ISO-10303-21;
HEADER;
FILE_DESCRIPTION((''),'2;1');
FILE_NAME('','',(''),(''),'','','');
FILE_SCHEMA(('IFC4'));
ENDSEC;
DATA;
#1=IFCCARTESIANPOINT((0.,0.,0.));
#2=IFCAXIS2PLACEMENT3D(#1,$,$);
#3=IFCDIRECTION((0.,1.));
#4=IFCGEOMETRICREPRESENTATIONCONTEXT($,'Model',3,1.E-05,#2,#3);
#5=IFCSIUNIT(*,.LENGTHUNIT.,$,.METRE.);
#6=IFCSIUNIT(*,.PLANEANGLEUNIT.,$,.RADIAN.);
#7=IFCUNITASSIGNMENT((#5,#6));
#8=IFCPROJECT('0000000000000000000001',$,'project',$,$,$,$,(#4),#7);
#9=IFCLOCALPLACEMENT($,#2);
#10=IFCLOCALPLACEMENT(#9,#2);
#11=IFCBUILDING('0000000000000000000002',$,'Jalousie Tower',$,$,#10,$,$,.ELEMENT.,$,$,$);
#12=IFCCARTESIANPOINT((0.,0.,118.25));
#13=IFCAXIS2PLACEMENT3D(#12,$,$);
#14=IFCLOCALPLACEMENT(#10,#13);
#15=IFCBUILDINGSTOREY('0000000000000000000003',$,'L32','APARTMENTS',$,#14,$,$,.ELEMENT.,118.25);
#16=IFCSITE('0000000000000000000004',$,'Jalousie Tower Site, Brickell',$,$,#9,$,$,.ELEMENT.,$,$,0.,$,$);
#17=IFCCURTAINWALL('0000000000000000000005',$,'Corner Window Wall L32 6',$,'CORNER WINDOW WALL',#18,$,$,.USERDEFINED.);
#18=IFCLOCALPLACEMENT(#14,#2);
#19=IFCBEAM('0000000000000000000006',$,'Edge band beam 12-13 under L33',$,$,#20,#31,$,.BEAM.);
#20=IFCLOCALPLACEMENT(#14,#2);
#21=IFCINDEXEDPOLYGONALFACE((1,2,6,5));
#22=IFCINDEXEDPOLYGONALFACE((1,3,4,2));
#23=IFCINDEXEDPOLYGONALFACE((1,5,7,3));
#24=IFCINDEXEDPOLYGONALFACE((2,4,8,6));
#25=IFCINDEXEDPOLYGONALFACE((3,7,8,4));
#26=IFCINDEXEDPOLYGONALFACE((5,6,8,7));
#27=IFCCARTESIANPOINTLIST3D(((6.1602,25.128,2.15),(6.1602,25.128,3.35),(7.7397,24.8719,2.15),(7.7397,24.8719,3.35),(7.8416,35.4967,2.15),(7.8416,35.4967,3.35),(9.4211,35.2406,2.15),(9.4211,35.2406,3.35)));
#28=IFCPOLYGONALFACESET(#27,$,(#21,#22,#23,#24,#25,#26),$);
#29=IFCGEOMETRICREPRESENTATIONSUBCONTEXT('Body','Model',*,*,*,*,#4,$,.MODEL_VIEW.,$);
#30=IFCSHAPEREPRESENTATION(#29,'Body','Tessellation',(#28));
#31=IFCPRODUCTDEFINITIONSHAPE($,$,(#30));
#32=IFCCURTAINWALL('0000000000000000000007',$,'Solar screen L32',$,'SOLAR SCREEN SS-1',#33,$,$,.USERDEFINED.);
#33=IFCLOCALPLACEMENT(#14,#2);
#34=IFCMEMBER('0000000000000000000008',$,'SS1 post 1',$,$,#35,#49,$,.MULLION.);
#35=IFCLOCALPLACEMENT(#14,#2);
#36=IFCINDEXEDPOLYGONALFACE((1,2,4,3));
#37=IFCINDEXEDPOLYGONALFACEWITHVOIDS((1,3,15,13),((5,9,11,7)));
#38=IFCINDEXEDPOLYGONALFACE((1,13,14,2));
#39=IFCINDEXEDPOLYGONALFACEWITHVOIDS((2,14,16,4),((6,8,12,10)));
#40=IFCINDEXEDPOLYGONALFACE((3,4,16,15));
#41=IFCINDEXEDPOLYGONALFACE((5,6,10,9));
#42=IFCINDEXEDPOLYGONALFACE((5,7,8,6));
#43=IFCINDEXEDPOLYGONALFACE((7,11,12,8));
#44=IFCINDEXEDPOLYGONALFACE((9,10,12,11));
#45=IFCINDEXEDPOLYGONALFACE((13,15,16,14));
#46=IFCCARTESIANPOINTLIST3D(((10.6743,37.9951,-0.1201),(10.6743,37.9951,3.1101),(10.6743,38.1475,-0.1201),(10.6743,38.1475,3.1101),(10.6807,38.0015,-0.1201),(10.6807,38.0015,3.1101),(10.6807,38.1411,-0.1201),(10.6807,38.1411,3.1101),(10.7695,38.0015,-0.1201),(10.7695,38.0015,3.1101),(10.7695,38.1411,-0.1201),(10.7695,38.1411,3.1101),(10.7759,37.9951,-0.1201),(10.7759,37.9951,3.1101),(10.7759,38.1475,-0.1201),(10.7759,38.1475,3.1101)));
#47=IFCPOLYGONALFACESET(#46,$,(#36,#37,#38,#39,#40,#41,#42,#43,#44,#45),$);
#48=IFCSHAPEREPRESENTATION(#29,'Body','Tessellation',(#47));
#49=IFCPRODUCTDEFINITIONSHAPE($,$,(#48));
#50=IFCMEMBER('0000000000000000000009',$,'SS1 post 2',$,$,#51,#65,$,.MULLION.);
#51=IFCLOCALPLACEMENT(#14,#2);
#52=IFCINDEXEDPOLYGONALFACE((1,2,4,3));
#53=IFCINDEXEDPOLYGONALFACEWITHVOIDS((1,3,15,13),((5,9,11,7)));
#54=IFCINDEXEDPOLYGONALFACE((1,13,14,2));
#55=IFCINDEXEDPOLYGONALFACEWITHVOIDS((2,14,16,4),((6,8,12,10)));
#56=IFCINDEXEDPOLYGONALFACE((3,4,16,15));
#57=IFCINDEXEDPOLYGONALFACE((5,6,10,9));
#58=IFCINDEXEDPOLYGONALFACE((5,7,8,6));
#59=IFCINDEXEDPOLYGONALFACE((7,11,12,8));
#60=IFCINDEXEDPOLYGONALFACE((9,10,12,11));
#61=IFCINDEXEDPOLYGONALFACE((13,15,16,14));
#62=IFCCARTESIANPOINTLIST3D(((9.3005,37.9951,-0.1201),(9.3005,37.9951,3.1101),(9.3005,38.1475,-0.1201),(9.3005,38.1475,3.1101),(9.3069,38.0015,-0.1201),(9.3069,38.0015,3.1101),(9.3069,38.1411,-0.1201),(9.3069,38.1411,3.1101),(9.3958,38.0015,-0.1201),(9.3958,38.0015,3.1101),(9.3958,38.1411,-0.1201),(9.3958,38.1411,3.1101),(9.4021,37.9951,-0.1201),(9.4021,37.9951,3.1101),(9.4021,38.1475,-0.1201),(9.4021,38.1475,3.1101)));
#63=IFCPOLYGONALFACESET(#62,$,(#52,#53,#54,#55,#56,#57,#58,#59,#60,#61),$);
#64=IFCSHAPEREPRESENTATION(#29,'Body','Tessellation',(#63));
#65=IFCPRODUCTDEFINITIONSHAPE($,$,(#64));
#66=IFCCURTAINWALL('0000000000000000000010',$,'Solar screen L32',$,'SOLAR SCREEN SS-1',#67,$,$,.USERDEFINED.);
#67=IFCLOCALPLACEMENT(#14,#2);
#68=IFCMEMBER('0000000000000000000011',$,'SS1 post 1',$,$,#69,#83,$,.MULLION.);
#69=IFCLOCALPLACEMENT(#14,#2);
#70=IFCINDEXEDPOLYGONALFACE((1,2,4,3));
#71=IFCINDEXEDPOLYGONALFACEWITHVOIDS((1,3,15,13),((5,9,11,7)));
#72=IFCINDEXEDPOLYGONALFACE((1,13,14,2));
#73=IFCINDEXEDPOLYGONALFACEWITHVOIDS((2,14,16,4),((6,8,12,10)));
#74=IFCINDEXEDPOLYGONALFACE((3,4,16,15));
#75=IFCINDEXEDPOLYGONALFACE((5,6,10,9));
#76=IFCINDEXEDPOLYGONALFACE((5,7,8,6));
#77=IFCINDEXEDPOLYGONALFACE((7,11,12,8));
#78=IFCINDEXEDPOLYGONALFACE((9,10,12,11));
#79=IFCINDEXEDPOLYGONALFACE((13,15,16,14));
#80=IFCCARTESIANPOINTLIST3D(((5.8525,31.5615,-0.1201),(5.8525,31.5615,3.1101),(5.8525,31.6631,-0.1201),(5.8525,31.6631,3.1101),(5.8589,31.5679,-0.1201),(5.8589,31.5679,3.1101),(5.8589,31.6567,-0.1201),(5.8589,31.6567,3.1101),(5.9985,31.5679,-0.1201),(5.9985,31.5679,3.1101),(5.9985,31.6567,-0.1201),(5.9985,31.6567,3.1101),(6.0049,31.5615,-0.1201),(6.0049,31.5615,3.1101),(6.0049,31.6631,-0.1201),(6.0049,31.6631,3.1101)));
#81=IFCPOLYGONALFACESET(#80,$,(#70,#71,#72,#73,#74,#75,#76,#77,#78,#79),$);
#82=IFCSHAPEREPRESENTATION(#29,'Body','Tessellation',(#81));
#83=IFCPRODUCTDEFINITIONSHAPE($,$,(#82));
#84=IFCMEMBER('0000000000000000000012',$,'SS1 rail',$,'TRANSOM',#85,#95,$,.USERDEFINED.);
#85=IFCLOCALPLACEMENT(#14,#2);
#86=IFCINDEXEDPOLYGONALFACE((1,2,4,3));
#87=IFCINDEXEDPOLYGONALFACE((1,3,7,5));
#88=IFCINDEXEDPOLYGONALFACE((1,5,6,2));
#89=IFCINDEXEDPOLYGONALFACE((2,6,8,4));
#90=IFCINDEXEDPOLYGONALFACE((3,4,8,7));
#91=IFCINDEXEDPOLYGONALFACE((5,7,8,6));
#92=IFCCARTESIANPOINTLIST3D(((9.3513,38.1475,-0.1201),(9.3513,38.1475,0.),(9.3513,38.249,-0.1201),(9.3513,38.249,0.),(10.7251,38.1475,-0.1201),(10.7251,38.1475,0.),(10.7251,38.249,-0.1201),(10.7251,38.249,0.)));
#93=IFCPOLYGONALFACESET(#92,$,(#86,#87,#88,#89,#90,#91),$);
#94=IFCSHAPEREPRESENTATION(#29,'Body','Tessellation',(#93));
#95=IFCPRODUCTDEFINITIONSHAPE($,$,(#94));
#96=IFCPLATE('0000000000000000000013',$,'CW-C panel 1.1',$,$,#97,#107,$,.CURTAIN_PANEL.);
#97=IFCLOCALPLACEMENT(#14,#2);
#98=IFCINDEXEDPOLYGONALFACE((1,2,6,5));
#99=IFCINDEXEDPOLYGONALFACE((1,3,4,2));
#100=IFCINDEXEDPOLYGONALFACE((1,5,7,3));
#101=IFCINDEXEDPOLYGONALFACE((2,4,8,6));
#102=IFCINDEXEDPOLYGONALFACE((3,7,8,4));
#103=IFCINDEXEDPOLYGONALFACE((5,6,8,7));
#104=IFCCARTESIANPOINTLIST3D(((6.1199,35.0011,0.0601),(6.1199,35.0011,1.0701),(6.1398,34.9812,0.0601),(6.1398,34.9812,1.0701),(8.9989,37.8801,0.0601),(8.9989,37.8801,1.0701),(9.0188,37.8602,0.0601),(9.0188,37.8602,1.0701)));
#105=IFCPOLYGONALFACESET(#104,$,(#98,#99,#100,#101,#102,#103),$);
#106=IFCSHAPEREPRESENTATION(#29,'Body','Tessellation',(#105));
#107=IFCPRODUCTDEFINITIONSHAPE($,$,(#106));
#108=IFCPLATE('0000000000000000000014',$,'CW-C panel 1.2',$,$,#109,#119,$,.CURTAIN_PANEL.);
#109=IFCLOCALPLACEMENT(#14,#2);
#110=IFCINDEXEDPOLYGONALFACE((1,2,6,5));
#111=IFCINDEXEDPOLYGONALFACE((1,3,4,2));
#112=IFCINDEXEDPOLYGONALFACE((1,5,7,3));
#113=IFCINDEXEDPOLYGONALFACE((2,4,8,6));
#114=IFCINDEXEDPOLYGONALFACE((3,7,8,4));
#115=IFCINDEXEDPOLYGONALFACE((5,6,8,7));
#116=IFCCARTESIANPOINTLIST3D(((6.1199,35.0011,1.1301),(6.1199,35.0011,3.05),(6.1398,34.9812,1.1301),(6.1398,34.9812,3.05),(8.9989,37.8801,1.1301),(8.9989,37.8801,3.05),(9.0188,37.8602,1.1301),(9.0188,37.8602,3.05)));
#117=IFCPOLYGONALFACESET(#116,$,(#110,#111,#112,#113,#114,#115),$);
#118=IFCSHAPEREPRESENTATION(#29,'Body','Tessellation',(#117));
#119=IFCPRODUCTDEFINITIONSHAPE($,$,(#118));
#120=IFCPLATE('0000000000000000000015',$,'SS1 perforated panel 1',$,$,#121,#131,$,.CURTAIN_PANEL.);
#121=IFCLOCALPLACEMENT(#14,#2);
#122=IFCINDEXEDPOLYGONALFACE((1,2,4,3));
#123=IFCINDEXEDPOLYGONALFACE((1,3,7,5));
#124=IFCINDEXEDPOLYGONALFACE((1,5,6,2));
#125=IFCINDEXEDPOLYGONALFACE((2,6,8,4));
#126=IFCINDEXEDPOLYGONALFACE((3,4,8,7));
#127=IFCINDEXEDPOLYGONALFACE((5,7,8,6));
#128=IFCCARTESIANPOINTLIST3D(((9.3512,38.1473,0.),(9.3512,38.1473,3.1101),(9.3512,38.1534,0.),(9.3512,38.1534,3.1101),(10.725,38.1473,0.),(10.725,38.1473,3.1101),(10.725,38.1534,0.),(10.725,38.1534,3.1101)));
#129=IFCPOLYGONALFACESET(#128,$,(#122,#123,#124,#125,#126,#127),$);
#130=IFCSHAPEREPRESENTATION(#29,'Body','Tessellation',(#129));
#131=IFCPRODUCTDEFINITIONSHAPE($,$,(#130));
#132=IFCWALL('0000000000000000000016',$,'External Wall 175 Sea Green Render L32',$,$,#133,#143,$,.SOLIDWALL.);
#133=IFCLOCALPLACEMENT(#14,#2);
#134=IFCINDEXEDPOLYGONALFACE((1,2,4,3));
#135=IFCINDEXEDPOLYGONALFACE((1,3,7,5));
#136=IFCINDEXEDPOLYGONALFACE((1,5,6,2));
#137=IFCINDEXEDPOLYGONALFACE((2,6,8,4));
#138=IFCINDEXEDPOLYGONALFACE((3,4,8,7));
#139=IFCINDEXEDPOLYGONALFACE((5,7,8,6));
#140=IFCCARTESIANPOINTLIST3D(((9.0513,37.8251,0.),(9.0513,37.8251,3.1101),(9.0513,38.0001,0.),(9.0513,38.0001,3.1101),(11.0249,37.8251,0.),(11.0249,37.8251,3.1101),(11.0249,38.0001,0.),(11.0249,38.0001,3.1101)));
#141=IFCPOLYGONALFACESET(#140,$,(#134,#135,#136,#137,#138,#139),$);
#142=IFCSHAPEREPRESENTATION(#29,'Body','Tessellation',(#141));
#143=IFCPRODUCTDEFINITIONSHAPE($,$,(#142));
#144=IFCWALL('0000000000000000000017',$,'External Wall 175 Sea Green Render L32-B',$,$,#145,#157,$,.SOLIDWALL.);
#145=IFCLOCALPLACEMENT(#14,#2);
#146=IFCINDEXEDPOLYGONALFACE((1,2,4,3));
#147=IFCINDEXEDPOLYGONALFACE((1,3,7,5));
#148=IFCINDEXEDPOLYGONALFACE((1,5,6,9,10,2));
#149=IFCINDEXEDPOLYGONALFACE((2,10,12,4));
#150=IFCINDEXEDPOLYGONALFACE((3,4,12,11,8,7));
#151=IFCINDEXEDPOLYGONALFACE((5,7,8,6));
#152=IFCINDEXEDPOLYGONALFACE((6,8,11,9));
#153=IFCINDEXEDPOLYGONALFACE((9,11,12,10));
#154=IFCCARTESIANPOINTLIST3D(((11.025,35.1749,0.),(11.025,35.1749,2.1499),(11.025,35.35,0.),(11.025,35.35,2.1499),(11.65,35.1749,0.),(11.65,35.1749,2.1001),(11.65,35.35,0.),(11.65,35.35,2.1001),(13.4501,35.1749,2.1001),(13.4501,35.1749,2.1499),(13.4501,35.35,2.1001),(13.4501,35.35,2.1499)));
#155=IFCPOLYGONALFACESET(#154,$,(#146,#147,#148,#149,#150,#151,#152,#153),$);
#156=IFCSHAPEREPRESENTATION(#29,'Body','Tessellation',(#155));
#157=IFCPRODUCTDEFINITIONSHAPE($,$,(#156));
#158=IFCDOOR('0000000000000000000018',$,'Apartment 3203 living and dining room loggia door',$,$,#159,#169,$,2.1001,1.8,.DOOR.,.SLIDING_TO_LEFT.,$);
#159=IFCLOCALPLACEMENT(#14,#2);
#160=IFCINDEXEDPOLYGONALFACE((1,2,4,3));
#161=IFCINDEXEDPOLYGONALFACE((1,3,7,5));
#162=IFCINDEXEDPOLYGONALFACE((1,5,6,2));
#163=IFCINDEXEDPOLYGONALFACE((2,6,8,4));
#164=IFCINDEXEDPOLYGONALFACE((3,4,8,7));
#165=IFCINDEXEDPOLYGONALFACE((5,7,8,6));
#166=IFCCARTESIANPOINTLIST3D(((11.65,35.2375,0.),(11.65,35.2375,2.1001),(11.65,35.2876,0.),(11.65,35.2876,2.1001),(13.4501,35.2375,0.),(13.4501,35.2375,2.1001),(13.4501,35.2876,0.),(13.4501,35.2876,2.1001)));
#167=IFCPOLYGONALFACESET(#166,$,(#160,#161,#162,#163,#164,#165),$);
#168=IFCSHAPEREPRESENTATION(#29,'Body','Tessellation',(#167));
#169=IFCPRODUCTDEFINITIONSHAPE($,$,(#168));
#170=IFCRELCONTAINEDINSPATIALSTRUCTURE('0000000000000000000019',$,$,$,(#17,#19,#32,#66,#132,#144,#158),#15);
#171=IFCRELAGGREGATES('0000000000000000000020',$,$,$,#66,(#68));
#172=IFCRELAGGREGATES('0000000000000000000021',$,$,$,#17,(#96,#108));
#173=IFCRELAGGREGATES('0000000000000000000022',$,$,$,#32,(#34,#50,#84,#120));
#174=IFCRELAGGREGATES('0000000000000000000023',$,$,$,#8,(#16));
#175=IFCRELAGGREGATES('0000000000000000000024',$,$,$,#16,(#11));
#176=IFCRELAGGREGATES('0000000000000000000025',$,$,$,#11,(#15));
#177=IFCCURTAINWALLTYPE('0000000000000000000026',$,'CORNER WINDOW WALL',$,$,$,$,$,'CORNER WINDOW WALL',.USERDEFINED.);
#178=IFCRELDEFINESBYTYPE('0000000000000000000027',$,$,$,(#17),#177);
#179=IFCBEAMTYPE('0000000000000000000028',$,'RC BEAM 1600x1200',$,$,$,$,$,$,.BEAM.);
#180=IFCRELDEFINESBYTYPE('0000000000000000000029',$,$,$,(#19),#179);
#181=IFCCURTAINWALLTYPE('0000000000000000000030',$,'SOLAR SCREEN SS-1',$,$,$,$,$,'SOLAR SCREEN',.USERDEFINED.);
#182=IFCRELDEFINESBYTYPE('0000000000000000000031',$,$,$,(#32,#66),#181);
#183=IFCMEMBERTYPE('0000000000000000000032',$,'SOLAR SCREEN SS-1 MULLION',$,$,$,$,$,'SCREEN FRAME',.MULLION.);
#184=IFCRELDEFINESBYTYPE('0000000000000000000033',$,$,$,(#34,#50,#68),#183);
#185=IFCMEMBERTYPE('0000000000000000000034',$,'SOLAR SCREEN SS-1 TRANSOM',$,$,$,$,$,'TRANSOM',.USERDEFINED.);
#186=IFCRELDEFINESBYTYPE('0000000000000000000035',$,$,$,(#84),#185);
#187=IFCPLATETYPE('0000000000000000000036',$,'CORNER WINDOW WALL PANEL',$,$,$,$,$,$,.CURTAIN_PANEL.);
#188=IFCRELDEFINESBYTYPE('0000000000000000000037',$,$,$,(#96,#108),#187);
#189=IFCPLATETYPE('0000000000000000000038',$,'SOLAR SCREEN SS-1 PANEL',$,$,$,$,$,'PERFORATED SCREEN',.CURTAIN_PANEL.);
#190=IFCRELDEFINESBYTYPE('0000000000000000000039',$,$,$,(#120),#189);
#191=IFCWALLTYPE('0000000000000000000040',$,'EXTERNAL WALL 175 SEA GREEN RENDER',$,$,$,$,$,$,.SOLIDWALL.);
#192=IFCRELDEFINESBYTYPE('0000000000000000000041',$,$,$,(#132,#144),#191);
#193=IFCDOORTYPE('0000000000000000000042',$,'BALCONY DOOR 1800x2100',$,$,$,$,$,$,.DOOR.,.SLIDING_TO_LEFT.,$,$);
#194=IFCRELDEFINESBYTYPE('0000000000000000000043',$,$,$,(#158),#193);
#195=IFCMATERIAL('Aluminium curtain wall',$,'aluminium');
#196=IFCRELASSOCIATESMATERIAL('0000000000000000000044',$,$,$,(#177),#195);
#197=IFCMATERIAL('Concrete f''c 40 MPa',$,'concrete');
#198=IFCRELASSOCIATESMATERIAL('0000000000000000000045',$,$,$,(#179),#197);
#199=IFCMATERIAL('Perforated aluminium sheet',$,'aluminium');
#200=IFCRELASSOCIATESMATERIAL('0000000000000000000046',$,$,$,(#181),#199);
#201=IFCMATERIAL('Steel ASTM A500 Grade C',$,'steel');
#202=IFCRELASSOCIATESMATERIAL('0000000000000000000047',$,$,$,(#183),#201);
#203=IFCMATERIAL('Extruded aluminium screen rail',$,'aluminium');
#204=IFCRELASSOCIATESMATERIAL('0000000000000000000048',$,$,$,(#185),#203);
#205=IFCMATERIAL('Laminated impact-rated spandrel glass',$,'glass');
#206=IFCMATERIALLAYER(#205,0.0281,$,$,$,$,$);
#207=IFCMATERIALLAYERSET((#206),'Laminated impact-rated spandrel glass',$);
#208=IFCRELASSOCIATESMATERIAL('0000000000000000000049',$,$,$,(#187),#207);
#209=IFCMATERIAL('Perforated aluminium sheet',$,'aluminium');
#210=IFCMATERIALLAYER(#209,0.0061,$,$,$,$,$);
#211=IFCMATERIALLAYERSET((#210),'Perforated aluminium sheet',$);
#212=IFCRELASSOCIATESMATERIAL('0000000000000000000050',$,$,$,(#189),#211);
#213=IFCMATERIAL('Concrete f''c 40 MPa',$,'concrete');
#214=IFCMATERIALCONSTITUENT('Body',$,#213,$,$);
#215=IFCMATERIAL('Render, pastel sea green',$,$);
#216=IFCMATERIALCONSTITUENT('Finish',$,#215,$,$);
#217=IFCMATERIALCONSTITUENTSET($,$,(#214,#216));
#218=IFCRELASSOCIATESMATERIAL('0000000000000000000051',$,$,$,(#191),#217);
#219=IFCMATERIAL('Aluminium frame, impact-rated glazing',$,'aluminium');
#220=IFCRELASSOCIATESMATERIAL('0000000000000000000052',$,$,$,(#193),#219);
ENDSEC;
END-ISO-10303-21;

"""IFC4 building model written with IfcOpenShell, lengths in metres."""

from ifc_helpers import new_model, si_unit, direction, frame, frame_2d, origin, origin_2d, place, context, subcontext, project, spatial, rectangle, hollow_rectangle, extrude, material, layer, layer_set, constituent, constituent_set, material_profile, profile_set, type_object, element, fill, aggregate, save


model = new_model("IFC4")

# Units and contexts
model_context = context("Model", 3, precision=1e-05, world=origin(), true_north=direction((0.0, 1.0)))
body_context = subcontext(model_context, "Body", "Model", "MODEL_VIEW")
ifc_project = project(units=[si_unit("LENGTHUNIT", "METRE"), si_unit("PLANEANGLEUNIT", "RADIAN")], contexts=[model_context])

# Site, building, storey
site_placement = place(None, origin())
site = spatial("IfcSite", under=ifc_project, at=site_placement, Name="Jalousie Tower Site, Brickell", CompositionType="ELEMENT", RefElevation=0.0)
building_placement = place(site_placement, origin())
building = spatial("IfcBuilding", under=site, at=building_placement, Name="Jalousie Tower", CompositionType="ELEMENT")
storey_placement = place(building_placement, frame((0.0, 0.0, 118.25)))
storey = spatial("IfcBuildingStorey", under=building, at=storey_placement, Name="L32", Description="APARTMENTS", CompositionType="ELEMENT", Elevation=118.25)

# Curtain wall
ifc_material_1 = material(Name="Aluminium curtain wall", Category="aluminium")
curtain_wall_type_1 = type_object("IfcCurtainWallType", Name="CORNER WINDOW WALL", ElementType="CORNER WINDOW WALL", PredefinedType="USERDEFINED", material=ifc_material_1)
curtain_wall_1_placement = place(storey_placement, origin())
curtain_wall_1 = element("IfcCurtainWall", 1, at=curtain_wall_1_placement, inside=storey, type_object=curtain_wall_type_1, Name="Corner Window Wall L32 6", ObjectType="CORNER WINDOW WALL", PredefinedType="USERDEFINED")

# Beam
ifc_material_2 = material(Name="Concrete f'c 40 MPa", Category="concrete")
ifc_material_profile_1 = material_profile(ifc_material_2, rectangle(XDim=1.6001, YDim=1.2, at=origin_2d()), Name="RC 1600x1200")
ifc_profile_set_1 = profile_set([ifc_material_profile_1], Name="Concrete f'c 40 MPa")
beam_type_1 = type_object("IfcBeamType", Name="RC BEAM 1600x1200", PredefinedType="BEAM", material=ifc_profile_set_1)
beam_1_placement = place(storey_placement, frame((8.6313, 35.3687, 2.75), z_axis=(-0.160071, -0.987106, 0.0), x_axis=(0.987106, -0.160071, 0.0)))
element("IfcBeam", 2, at=beam_1_placement, inside=storey, type_object=beam_type_1, Name="Edge band beam 12-13 under L33", PredefinedType="BEAM", context=body_context, shape_type="SweptSolid", body=[
    extrude(rectangle(XDim=1.6001, YDim=1.2, at=origin_2d()), origin(), (0.0, 0.0, 1.0), 10.5042),
])

# Curtain wall, members
ifc_material_3 = material(Name="Perforated aluminium sheet", Category="aluminium")
curtain_wall_type_2 = type_object("IfcCurtainWallType", Name="SOLAR SCREEN SS-1", ElementType="SOLAR SCREEN", PredefinedType="USERDEFINED", material=ifc_material_3)
curtain_wall_2_placement = place(storey_placement, origin())
curtain_wall_2 = element("IfcCurtainWall", 3, at=curtain_wall_2_placement, inside=storey, type_object=curtain_wall_type_2, Name="Solar screen L32", ObjectType="SOLAR SCREEN SS-1", PredefinedType="USERDEFINED")
ifc_material_4 = material(Name="Steel ASTM A500 Grade C", Category="steel")
ifc_material_profile_2 = material_profile(ifc_material_4, hollow_rectangle(XDim=0.1016, YDim=0.1523, WallThickness=0.0063, at=origin_2d()), Name="HSS6X4X1/4")
ifc_profile_set_2 = profile_set([ifc_material_profile_2], Name="Steel ASTM A500 Grade C")
member_type_1 = type_object("IfcMemberType", Name="SOLAR SCREEN SS-1 MULLION", ElementType="SCREEN FRAME", PredefinedType="MULLION", material=ifc_profile_set_2)
member_1_placement = place(storey_placement, frame((10.7251, 38.0713, -0.1201), z_axis=(0.0, 0.0, 1.0), x_axis=(-1.0, 0.0, 0.0)))
member_1 = element("IfcMember", 4, at=member_1_placement, type_object=member_type_1, Name="SS1 post 1", PredefinedType="MULLION", context=body_context, shape_type="SweptSolid", body=[
    extrude(hollow_rectangle(XDim=0.1016, YDim=0.1523, WallThickness=0.0063, at=origin_2d()), origin(), (0.0, 0.0, 1.0), 3.2302),
])
member_2_placement = place(storey_placement, frame((9.3513, 38.0713, -0.1201), z_axis=(0.0, 0.0, 1.0), x_axis=(-1.0, 0.0, 0.0)))
member_2 = element("IfcMember", 5, at=member_2_placement, type_object=member_type_1, Name="SS1 post 2", PredefinedType="MULLION", context=body_context, shape_type="SweptSolid", body=[
    extrude(hollow_rectangle(XDim=0.1016, YDim=0.1523, WallThickness=0.0063, at=origin_2d()), origin(), (0.0, 0.0, 1.0), 3.2302),
])

# Curtain wall, member
curtain_wall_3_placement = place(storey_placement, origin())
curtain_wall_3 = element("IfcCurtainWall", 6, at=curtain_wall_3_placement, inside=storey, type_object=curtain_wall_type_2, Name="Solar screen L32", ObjectType="SOLAR SCREEN SS-1", PredefinedType="USERDEFINED")
member_3_placement = place(storey_placement, frame((5.9287, 31.6123, -0.1201), z_axis=(0.0, 0.0, 1.0), x_axis=(0.0, -1.0, 0.0)))
member_3 = element("IfcMember", 7, at=member_3_placement, type_object=member_type_1, Name="SS1 post 1", PredefinedType="MULLION", context=body_context, shape_type="SweptSolid", body=[
    extrude(hollow_rectangle(XDim=0.1016, YDim=0.1523, WallThickness=0.0063, at=origin_2d()), origin(), (0.0, 0.0, 1.0), 3.2302),
])
aggregate(curtain_wall_3, [member_3])

# Member
ifc_material_5 = material(Name="Extruded aluminium screen rail", Category="aluminium")
ifc_material_profile_3 = material_profile(ifc_material_5, rectangle(XDim=0.1016, YDim=0.1201, at=origin_2d()), Name="RAIL 102x120")
ifc_profile_set_3 = profile_set([ifc_material_profile_3], Name="Extruded aluminium screen rail")
member_type_2 = type_object("IfcMemberType", Name="SOLAR SCREEN SS-1 TRANSOM", ElementType="TRANSOM", PredefinedType="USERDEFINED", material=ifc_profile_set_3)
member_4_placement = place(storey_placement, frame((10.7251, 38.1982, -0.0601), z_axis=(-1.0, 0.0, 0.0), x_axis=(0.0, -1.0, 0.0)))
member_4 = element("IfcMember", 8, at=member_4_placement, type_object=member_type_2, Name="SS1 rail", ObjectType="TRANSOM", PredefinedType="USERDEFINED", context=body_context, shape_type="SweptSolid", body=[
    extrude(rectangle(XDim=0.1016, YDim=0.1201, at=origin_2d()), origin(), (0.0, 0.0, 1.0), 1.3738),
])

# Plates
ifc_material_6 = material(Name="Laminated impact-rated spandrel glass", Category="glass")
ifc_layer_1 = layer(ifc_material_6, 0.0281)
ifc_layer_set_1 = layer_set([ifc_layer_1], Name="Laminated impact-rated spandrel glass")
plate_type_1 = type_object("IfcPlateType", Name="CORNER WINDOW WALL PANEL", PredefinedType="CURTAIN_PANEL", material=ifc_layer_set_1)
plate_1_placement = place(storey_placement, frame((7.5693, 36.4307, 0.0601), z_axis=(0.0, 0.0, 1.0), x_axis=(-0.707107, -0.707107, 0.0)))
plate_1 = element("IfcPlate", 9, at=plate_1_placement, type_object=plate_type_1, Name="CW-C panel 1.1", PredefinedType="CURTAIN_PANEL", context=body_context, shape_type="SweptSolid", body=[
    extrude(rectangle(XDim=4.0715, YDim=0.0281, at=origin_2d()), origin(), (0.0, 0.0, 1.0), 1.01),
])
plate_2_placement = place(storey_placement, frame((7.5693, 36.4307, 1.1301), z_axis=(0.0, 0.0, 1.0), x_axis=(-0.707107, -0.707107, 0.0)))
plate_2 = element("IfcPlate", 10, at=plate_2_placement, type_object=plate_type_1, Name="CW-C panel 1.2", PredefinedType="CURTAIN_PANEL", context=body_context, shape_type="SweptSolid", body=[
    extrude(rectangle(XDim=4.0715, YDim=0.0281, at=origin_2d()), origin(), (0.0, 0.0, 1.0), 1.9199),
])
aggregate(curtain_wall_1, [plate_1, plate_2])
ifc_material_7 = material(Name="Perforated aluminium sheet", Category="aluminium")
ifc_layer_2 = layer(ifc_material_7, 0.0061)
ifc_layer_set_2 = layer_set([ifc_layer_2], Name="Perforated aluminium sheet")
plate_type_2 = type_object("IfcPlateType", Name="SOLAR SCREEN SS-1 PANEL", ElementType="PERFORATED SCREEN", PredefinedType="CURTAIN_PANEL", material=ifc_layer_set_2)
plate_3_placement = place(storey_placement, frame((10.0381, 38.1504, 0.0), z_axis=(0.0, 0.0, 1.0), x_axis=(-1.0, 0.0, 0.0)))
plate_3 = element("IfcPlate", 11, at=plate_3_placement, type_object=plate_type_2, Name="SS1 perforated panel 1", PredefinedType="CURTAIN_PANEL", context=body_context, shape_type="SweptSolid", body=[
    extrude(rectangle(XDim=1.3738, YDim=0.0061, at=origin_2d()), origin(), (0.0, 0.0, 1.0), 3.1101),
])
aggregate(curtain_wall_2, [member_1, member_2, member_4, plate_3])

# Wall
ifc_material_8 = material(Name="Concrete f'c 40 MPa", Category="concrete")
ifc_constituent_1 = constituent(ifc_material_8, Name="Body")
ifc_material_9 = material(Name="Render, pastel sea green")
ifc_constituent_2 = constituent(ifc_material_9, Name="Finish")
ifc_constituent_set = constituent_set(constituents=[ifc_constituent_1, ifc_constituent_2])
wall_type = type_object("IfcWallType", Name="EXTERNAL WALL 175 SEA GREEN RENDER", PredefinedType="SOLIDWALL", material=ifc_constituent_set)
wall_1_placement = place(storey_placement, frame((11.0249, 37.9126, 0.0), z_axis=(0.0, 0.0, 1.0), x_axis=(-1.0, 0.0, 0.0)))
element("IfcWall", 12, at=wall_1_placement, inside=storey, type_object=wall_type, Name="External Wall 175 Sea Green Render L32", PredefinedType="SOLIDWALL", context=body_context, shape_type="SweptSolid", body=[
    extrude(rectangle(XDim=1.9736, YDim=0.175, at=frame_2d((0.9868, 0.0))), origin(), (0.0, 0.0, 1.0), 3.1101),
])

# Wall, opening, door
wall_2_placement = place(storey_placement, frame((13.45, 35.2625, 0.0), z_axis=(0.0, 0.0, 1.0), x_axis=(-1.0, 0.0, 0.0)))
wall_2 = element("IfcWall", 13, at=wall_2_placement, inside=storey, type_object=wall_type, Name="External Wall 175 Sea Green Render L32-B", PredefinedType="SOLIDWALL", context=body_context, shape_type="SweptSolid", body=[
    extrude(rectangle(XDim=2.425, YDim=0.175, at=frame_2d((1.2124, 0.0))), origin(), (0.0, 0.0, 1.0), 2.1499),
])
opening_1_placement = place(wall_2_placement, origin())
opening_1 = element("IfcOpeningElement", 14, at=opening_1_placement, cuts=wall_2, PredefinedType="OPENING", context=body_context, shape_type="SweptSolid", body=[
    extrude(rectangle(XDim=1.8, YDim=2.1001, at=frame_2d((0.8999, 1.05))), frame((0.0, 0.0974, 0.0), z_axis=(0.0, -1.0, 0.0), x_axis=(1.0, 0.0, 0.0)), (0.0, 0.0, 1.0), 0.1951),
])
ifc_material_10 = material(Name="Aluminium frame, impact-rated glazing", Category="aluminium")
door_type = type_object("IfcDoorType", Name="BALCONY DOOR 1800x2100", OperationType="SLIDING_TO_LEFT", PredefinedType="DOOR", material=ifc_material_10)
door_placement = place(opening_1_placement, origin())
door = element("IfcDoor", 15, at=door_placement, inside=storey, type_object=door_type, Name="Apartment 3203 living and dining room loggia door", OperationType="SLIDING_TO_LEFT", OverallHeight=2.1001, OverallWidth=1.8, PredefinedType="DOOR", context=body_context, shape_type="SweptSolid", body=[
    extrude(rectangle(XDim=1.8, YDim=2.1001, at=frame_2d((0.8999, 1.05))), frame((0.0, 0.0249, 0.0), z_axis=(0.0, -1.0, 0.0), x_axis=(1.0, 0.0, 0.0)), (0.0, 0.0, 1.0), 0.05),
])
fill(opening_1, door)

save(model, "model.ifc")
